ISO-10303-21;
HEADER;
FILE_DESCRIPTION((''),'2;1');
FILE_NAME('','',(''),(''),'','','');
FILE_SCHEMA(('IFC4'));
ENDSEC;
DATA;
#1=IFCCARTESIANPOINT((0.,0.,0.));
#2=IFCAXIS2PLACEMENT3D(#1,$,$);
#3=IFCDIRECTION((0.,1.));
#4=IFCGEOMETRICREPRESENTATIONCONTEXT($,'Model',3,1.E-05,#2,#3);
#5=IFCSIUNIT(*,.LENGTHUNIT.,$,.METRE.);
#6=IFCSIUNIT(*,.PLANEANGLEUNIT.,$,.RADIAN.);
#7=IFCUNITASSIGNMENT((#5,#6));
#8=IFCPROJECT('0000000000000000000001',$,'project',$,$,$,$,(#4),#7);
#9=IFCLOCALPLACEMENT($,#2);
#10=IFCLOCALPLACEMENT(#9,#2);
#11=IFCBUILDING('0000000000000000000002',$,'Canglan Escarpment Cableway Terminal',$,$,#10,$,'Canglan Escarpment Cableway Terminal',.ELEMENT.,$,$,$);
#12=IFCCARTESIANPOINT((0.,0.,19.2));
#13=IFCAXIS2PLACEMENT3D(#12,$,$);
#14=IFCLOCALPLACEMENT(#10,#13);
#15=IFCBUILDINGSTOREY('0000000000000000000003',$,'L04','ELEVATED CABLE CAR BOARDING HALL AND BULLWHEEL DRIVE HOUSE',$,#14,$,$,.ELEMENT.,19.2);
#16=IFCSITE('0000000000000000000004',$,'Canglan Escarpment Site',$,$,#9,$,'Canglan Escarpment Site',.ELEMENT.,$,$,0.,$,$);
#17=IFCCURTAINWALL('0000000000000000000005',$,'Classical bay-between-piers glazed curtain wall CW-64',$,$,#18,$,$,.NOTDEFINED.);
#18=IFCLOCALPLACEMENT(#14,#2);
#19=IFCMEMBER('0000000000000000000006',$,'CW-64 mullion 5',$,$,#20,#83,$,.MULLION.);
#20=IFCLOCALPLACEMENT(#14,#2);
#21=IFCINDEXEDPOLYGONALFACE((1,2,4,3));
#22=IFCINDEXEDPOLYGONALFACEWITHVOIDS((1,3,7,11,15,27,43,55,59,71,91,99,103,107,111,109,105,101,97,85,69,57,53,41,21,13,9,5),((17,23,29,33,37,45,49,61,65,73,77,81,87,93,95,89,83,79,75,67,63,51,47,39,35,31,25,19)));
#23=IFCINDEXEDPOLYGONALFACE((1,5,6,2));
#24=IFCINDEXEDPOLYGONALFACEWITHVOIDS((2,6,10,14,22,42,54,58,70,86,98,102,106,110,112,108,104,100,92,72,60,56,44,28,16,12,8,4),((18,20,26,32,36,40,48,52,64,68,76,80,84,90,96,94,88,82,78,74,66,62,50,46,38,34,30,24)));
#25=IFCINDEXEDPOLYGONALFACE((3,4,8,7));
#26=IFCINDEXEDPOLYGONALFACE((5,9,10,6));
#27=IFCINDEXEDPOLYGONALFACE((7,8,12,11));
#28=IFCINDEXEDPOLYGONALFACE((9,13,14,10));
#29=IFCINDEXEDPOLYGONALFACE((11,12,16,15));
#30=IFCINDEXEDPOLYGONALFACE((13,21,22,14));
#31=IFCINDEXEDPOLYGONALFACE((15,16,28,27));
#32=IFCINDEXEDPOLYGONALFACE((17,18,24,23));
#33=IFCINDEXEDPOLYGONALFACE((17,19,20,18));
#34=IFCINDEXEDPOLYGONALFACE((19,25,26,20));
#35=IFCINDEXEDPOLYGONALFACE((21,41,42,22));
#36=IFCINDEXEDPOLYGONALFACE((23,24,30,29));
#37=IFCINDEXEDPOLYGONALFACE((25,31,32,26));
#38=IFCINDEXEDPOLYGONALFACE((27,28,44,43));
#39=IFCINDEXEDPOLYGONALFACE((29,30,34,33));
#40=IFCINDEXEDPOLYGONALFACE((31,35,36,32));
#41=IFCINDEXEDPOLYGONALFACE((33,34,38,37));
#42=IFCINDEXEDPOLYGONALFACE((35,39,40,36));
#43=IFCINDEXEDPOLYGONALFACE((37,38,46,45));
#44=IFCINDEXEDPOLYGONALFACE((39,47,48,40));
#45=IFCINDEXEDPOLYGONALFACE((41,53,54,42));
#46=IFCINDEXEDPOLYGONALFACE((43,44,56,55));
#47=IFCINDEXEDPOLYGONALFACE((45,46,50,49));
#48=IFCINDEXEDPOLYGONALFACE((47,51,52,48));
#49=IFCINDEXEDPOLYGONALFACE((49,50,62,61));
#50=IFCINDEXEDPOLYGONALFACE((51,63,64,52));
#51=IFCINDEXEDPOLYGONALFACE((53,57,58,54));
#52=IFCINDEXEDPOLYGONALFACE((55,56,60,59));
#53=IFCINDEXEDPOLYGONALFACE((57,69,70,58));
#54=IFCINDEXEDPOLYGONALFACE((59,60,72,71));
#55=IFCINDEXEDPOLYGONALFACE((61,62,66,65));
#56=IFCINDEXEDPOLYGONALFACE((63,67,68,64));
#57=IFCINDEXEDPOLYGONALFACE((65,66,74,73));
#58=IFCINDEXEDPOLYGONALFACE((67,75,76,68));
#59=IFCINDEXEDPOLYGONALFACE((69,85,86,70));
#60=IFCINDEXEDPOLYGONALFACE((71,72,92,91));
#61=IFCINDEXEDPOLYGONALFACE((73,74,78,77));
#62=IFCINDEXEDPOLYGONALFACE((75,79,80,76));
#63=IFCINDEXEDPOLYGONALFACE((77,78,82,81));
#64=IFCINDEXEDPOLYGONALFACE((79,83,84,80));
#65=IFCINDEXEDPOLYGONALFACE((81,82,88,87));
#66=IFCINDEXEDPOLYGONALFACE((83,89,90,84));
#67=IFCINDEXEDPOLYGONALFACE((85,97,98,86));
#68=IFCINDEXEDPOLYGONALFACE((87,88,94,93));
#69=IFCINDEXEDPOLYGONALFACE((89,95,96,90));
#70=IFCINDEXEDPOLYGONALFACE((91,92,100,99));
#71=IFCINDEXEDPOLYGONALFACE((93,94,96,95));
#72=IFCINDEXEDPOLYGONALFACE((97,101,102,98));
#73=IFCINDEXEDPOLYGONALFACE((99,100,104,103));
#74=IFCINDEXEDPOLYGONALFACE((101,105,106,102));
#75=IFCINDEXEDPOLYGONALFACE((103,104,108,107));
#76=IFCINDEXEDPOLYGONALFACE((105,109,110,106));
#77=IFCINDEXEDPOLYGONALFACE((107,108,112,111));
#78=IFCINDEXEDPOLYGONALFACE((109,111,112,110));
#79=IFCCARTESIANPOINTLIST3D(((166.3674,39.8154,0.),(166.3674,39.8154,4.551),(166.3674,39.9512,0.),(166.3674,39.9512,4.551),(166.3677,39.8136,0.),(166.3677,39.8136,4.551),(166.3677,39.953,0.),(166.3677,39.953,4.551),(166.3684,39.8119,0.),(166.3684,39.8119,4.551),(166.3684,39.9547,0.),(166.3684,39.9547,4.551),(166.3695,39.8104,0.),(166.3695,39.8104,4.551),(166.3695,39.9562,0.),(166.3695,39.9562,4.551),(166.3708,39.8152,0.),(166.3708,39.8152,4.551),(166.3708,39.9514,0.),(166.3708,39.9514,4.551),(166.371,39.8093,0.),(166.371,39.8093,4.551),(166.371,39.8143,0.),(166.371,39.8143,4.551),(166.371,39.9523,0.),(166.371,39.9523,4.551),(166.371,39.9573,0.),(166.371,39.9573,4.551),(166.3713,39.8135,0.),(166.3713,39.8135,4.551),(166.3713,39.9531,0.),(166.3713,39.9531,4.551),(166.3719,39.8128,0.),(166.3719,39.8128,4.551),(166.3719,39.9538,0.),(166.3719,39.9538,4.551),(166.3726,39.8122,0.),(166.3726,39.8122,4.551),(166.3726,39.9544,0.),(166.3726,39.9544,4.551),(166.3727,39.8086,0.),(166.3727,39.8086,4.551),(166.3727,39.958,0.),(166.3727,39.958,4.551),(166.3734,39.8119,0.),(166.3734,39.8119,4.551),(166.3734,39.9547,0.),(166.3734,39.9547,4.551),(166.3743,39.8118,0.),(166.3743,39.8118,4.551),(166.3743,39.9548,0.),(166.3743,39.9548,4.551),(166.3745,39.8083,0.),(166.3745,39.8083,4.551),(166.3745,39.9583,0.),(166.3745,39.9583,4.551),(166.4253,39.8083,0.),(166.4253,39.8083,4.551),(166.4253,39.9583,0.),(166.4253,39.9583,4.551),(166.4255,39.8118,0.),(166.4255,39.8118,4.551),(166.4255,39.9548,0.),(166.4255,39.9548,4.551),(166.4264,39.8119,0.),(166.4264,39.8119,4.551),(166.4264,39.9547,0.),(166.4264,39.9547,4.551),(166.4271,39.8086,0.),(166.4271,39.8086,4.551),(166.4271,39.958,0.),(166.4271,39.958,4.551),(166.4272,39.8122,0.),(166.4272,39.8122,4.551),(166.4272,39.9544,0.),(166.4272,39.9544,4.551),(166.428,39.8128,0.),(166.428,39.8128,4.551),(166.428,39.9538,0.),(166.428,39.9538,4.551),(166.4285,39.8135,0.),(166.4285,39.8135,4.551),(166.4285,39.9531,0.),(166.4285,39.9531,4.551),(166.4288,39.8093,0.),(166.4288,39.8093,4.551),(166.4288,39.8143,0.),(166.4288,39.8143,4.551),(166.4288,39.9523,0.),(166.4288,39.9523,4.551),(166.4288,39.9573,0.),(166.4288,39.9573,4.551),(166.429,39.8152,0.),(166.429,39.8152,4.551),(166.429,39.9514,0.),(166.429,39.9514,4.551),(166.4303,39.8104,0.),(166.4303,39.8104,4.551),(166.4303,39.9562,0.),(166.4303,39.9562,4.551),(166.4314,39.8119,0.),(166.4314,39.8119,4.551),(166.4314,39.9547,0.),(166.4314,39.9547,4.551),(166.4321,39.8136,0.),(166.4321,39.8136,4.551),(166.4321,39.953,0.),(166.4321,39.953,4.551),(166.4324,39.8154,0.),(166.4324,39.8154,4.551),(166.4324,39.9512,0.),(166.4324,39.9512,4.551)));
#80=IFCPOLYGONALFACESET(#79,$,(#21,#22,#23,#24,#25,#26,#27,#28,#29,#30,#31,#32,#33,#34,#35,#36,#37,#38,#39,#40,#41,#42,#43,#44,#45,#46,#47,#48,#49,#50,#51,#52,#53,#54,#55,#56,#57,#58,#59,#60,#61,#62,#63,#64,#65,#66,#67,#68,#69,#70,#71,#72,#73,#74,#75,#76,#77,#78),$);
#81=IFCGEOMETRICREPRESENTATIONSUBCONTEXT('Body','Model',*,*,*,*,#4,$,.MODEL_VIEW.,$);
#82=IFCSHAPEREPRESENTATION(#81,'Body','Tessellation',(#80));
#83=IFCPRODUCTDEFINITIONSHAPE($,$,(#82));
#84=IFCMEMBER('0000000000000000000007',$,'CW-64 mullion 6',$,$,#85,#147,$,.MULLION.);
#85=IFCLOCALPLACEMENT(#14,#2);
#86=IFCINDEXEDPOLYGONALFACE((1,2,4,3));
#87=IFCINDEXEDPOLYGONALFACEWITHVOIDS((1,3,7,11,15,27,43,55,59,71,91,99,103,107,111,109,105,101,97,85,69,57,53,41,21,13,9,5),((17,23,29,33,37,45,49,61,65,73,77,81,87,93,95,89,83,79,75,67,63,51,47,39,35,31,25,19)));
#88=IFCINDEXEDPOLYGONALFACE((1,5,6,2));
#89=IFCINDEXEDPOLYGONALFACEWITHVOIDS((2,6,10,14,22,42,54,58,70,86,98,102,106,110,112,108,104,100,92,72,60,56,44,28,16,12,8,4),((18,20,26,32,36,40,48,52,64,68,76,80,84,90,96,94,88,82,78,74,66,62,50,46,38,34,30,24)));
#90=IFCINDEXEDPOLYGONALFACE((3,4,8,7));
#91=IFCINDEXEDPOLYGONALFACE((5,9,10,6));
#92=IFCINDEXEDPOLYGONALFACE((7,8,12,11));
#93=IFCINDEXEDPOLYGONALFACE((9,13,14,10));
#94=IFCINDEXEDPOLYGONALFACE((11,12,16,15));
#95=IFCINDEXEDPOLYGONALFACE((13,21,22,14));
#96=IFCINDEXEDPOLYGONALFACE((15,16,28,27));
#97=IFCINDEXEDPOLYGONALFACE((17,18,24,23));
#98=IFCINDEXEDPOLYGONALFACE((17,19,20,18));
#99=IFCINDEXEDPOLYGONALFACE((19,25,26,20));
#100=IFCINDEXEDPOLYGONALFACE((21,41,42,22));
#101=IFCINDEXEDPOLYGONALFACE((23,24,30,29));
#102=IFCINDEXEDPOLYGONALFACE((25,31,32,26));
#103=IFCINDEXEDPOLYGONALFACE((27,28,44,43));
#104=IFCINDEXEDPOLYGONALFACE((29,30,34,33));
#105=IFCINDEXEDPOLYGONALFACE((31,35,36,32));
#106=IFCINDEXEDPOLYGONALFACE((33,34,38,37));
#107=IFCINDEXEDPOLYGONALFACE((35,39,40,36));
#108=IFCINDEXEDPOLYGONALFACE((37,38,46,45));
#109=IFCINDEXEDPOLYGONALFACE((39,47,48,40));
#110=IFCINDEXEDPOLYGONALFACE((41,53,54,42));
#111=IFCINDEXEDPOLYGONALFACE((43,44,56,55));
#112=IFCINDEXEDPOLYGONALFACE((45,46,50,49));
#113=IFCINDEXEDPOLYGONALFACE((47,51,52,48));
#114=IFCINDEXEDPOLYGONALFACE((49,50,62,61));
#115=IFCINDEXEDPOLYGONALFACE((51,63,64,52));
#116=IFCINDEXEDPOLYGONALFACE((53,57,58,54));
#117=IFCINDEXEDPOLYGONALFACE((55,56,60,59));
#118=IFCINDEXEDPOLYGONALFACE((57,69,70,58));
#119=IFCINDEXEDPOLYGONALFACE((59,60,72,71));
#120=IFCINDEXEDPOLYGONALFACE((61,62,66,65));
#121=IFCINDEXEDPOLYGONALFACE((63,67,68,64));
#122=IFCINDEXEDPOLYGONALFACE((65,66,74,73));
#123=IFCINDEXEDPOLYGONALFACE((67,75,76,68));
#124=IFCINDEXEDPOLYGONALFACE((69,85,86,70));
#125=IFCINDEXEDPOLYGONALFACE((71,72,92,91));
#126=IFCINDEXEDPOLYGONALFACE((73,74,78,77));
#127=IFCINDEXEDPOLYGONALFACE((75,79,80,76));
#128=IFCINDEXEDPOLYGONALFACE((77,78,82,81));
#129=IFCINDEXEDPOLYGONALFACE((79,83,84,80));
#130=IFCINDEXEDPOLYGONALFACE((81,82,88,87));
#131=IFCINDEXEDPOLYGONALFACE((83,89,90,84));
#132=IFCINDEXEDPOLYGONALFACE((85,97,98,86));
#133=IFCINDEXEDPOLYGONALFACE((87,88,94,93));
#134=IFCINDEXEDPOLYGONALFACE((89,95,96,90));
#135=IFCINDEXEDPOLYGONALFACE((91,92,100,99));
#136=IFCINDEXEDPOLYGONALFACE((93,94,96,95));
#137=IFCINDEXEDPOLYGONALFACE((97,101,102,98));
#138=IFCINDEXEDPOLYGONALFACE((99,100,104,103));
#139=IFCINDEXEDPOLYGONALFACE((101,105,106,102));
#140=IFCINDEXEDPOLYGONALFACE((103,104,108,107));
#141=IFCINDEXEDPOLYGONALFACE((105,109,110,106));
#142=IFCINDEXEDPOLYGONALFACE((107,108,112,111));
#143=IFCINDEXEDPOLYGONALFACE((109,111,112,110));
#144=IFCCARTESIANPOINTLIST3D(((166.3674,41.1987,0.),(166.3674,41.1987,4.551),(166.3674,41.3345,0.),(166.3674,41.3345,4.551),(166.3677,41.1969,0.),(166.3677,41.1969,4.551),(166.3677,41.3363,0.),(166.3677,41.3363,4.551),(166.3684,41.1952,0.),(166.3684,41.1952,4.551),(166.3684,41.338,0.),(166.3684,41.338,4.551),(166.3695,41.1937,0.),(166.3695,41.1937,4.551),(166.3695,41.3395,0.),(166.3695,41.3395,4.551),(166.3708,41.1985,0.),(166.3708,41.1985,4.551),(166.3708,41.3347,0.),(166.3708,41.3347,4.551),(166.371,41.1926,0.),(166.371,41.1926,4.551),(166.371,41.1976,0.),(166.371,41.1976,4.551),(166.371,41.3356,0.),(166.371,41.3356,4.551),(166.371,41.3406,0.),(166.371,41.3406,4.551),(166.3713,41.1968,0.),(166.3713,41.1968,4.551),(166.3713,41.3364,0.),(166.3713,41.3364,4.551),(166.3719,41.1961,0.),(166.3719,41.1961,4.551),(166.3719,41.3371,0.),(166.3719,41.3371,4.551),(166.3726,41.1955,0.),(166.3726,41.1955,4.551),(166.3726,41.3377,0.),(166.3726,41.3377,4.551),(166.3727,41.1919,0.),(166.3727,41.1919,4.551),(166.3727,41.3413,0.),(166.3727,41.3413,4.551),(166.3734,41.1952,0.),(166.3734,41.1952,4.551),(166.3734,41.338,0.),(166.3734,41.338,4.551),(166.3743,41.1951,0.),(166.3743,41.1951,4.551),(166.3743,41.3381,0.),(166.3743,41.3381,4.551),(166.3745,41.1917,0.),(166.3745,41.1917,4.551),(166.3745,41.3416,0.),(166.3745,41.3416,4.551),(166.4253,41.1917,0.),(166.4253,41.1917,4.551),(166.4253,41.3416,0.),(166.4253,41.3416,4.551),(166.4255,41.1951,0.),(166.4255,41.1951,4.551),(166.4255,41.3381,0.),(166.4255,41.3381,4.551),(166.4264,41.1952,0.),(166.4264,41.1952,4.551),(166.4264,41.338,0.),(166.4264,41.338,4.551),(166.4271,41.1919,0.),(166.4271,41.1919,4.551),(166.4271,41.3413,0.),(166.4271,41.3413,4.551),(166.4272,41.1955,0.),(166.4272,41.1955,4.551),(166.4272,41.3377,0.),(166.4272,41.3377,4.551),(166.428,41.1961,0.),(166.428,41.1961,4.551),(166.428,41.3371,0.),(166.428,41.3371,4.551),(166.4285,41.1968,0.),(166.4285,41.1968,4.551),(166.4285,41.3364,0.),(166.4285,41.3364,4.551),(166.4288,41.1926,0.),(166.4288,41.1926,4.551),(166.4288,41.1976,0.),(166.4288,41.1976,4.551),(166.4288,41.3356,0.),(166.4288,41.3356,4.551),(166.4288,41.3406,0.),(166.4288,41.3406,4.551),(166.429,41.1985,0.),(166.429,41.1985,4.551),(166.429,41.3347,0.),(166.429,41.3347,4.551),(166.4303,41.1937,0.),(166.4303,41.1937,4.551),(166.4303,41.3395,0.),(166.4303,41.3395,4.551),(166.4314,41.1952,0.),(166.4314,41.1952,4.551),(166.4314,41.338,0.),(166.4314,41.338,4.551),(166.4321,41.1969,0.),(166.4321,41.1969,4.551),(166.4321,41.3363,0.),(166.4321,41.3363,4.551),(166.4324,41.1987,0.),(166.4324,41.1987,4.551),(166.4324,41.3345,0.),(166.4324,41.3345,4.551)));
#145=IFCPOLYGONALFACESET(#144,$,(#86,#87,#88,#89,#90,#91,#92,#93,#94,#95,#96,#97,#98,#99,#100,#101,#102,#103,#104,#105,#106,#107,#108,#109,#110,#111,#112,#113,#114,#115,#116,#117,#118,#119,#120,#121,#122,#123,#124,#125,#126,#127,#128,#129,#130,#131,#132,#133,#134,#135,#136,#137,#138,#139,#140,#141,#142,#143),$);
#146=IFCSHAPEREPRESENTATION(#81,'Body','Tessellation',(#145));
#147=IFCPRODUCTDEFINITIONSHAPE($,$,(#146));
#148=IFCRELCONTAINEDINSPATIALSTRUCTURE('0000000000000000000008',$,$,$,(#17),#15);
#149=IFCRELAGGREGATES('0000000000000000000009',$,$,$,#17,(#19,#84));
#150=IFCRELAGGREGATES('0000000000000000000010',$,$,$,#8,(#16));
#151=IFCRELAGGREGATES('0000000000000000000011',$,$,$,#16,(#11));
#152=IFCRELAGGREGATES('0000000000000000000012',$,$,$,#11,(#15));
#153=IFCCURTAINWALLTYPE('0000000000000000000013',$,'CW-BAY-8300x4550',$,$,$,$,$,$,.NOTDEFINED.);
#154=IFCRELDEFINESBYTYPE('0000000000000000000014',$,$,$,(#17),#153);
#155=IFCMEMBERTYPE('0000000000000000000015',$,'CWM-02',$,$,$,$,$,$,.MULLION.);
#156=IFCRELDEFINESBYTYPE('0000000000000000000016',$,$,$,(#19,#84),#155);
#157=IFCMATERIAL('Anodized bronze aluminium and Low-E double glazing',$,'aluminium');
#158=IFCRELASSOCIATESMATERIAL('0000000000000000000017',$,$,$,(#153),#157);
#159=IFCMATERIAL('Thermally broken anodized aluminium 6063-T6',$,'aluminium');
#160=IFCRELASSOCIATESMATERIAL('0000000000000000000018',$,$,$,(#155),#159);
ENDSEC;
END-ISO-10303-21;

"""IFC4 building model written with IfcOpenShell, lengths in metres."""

from ifc_helpers import new_model, si_unit, direction, frame, origin, origin_2d, place, context, subcontext, project, spatial, hollow_rectangle, extrude, material, material_profile, profile_set, type_object, element, aggregate, save


model = new_model("IFC4")

# Units and contexts
model_context = context("Model", 3, precision=1e-05, world=origin(), true_north=direction((0.0, 1.0)))
body_context = subcontext(model_context, "Body", "Model", "MODEL_VIEW")
ifc_project = project(units=[si_unit("LENGTHUNIT", "METRE"), si_unit("PLANEANGLEUNIT", "RADIAN")], contexts=[model_context])

# Site, building, storey
site_placement = place(None, origin())
site = spatial("IfcSite", under=ifc_project, at=site_placement, Name="Canglan Escarpment Site", LongName="Canglan Escarpment Site", CompositionType="ELEMENT", RefElevation=0.0)
building_placement = place(site_placement, origin())
building = spatial("IfcBuilding", under=site, at=building_placement, Name="Canglan Escarpment Cableway Terminal", LongName="Canglan Escarpment Cableway Terminal", CompositionType="ELEMENT")
storey_placement = place(building_placement, frame((0.0, 0.0, 19.2)))
storey = spatial("IfcBuildingStorey", under=building, at=storey_placement, Name="L04", Description="ELEVATED CABLE CAR BOARDING HALL AND BULLWHEEL DRIVE HOUSE", CompositionType="ELEMENT", Elevation=19.2)

# Curtain wall, members
ifc_material_1 = material(Name="Anodized bronze aluminium and Low-E double glazing", Category="aluminium")
curtain_wall_type = type_object("IfcCurtainWallType", Name="CW-BAY-8300x4550", PredefinedType="NOTDEFINED", material=ifc_material_1)
curtain_wall_1_placement = place(storey_placement, origin())
curtain_wall_1 = element("IfcCurtainWall", 1, at=curtain_wall_1_placement, inside=storey, type_object=curtain_wall_type, Name="Classical bay-between-piers glazed curtain wall CW-64", PredefinedType="NOTDEFINED")
ifc_material_2 = material(Name="Thermally broken anodized aluminium 6063-T6", Category="aluminium")
ifc_material_profile_1 = material_profile(ifc_material_2, hollow_rectangle(XDim=0.0649, YDim=0.1499, WallThickness=0.0034, InnerFilletRadius=0.0034, OuterFilletRadius=0.0071, at=origin_2d()), Name="ALU-MULL 65x150x3.5")
ifc_profile_set_1 = profile_set([ifc_material_profile_1], Name="Thermally broken anodized aluminium 6063-T6")
member_type_1 = type_object("IfcMemberType", Name="CWM-02", PredefinedType="MULLION", material=ifc_profile_set_1)
member_1_placement = place(storey_placement, frame((166.3999, 39.8833, 0.0), z_axis=(0.0, 0.0, 1.0), x_axis=(-1.0, 0.0, 0.0)))
member_1 = element("IfcMember", 2, at=member_1_placement, type_object=member_type_1, Name="CW-64 mullion 5", PredefinedType="MULLION", context=body_context, shape_type="SweptSolid", body=[
    extrude(hollow_rectangle(XDim=0.0649, YDim=0.1499, WallThickness=0.0034, InnerFilletRadius=0.0034, OuterFilletRadius=0.0071, at=origin_2d()), origin(), (0.0, 0.0, 1.0), 4.551),
])
member_2_placement = place(storey_placement, frame((166.3999, 41.2666, 0.0), z_axis=(0.0, 0.0, 1.0), x_axis=(-1.0, 0.0, 0.0)))
member_2 = element("IfcMember", 3, at=member_2_placement, type_object=member_type_1, Name="CW-64 mullion 6", PredefinedType="MULLION", context=body_context, shape_type="SweptSolid", body=[
    extrude(hollow_rectangle(XDim=0.0649, YDim=0.1499, WallThickness=0.0034, InnerFilletRadius=0.0034, OuterFilletRadius=0.0071, at=origin_2d()), origin(), (0.0, 0.0, 1.0), 4.551),
])

aggregate(curtain_wall_1, [member_1, member_2])

save(model, "model.ifc")
